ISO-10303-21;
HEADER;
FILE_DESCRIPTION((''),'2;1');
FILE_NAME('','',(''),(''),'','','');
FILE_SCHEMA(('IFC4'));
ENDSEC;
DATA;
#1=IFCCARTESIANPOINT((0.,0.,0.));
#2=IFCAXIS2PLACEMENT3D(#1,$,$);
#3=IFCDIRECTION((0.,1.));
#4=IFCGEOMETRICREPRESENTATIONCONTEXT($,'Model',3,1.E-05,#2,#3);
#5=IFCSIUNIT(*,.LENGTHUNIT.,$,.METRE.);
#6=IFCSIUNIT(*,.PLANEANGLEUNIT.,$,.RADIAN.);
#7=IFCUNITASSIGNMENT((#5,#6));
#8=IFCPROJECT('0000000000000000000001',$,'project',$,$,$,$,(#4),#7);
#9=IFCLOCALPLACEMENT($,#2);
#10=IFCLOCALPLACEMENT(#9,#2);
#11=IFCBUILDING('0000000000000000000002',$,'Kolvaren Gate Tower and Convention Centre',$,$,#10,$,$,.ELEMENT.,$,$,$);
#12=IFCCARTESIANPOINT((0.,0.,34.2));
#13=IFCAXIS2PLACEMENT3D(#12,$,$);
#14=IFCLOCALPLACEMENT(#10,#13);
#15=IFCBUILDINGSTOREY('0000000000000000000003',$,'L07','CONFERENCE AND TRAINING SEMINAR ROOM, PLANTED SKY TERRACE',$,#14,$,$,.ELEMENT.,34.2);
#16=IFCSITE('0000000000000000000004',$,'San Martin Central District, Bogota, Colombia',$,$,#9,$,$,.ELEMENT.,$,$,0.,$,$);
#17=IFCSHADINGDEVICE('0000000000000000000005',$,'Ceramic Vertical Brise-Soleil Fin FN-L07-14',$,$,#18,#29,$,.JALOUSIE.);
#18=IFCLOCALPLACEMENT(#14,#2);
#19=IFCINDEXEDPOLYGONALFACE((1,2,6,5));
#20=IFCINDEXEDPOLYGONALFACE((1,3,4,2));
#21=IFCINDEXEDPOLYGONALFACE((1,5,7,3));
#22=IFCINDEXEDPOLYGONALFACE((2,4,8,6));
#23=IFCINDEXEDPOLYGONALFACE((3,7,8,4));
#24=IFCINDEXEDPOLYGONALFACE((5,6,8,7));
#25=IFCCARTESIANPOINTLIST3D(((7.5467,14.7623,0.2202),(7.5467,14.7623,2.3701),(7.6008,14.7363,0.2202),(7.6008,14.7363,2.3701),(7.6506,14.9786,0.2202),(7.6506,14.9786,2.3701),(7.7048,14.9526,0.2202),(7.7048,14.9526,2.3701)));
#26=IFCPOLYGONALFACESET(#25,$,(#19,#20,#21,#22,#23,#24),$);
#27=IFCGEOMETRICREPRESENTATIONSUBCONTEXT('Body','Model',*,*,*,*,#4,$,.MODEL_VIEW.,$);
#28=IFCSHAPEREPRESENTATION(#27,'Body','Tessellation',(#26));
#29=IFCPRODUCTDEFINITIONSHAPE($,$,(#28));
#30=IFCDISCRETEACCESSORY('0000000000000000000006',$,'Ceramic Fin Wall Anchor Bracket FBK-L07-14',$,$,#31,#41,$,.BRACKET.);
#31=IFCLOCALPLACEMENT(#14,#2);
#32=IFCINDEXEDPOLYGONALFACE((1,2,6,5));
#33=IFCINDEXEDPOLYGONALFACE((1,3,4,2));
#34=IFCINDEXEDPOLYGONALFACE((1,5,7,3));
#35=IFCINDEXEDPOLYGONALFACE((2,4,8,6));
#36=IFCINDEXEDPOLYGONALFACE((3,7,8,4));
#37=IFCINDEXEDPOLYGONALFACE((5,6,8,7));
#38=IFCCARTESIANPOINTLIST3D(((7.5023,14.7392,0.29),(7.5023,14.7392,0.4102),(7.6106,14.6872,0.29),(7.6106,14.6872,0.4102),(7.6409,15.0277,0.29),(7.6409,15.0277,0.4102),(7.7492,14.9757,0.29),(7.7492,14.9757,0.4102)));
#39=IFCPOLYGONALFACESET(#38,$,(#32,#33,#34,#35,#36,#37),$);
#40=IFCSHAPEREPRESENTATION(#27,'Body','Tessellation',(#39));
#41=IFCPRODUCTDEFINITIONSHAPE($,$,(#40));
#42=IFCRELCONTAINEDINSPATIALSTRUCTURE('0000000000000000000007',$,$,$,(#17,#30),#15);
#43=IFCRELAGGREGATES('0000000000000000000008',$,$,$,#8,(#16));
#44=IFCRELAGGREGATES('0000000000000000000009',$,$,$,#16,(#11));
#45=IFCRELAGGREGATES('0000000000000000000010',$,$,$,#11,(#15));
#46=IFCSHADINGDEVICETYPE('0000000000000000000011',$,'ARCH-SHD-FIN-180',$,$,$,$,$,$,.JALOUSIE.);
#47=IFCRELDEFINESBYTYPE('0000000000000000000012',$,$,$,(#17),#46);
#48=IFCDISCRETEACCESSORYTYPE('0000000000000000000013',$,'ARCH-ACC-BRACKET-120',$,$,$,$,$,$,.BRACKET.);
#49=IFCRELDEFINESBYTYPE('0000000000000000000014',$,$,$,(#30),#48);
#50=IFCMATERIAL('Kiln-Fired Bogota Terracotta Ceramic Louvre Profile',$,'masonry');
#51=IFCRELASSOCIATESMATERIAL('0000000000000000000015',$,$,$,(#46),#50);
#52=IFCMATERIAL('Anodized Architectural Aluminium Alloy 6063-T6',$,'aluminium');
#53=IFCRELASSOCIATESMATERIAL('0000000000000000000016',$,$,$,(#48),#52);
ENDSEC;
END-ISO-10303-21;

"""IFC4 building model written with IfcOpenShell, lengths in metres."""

from ifc_helpers import new_model, si_unit, direction, frame, origin, origin_2d, place, context, subcontext, project, spatial, rectangle, extrude, material, type_object, element, save


model = new_model("IFC4")

# Units and contexts
model_context = context("Model", 3, precision=1e-05, world=origin(), true_north=direction((0.0, 1.0)))
body_context = subcontext(model_context, "Body", "Model", "MODEL_VIEW")
ifc_project = project(units=[si_unit("LENGTHUNIT", "METRE"), si_unit("PLANEANGLEUNIT", "RADIAN")], contexts=[model_context])

# Site, building, storey
site_placement = place(None, origin())
site = spatial("IfcSite", under=ifc_project, at=site_placement, Name="San Martin Central District, Bogota, Colombia", CompositionType="ELEMENT", RefElevation=0.0)
building_placement = place(site_placement, origin())
building = spatial("IfcBuilding", under=site, at=building_placement, Name="Kolvaren Gate Tower and Convention Centre", CompositionType="ELEMENT")
storey_placement = place(building_placement, frame((0.0, 0.0, 34.2)))
storey = spatial("IfcBuildingStorey", under=building, at=storey_placement, Name="L07", Description="CONFERENCE AND TRAINING SEMINAR ROOM, PLANTED SKY TERRACE", CompositionType="ELEMENT", Elevation=34.2)

# Shared definitions
ifc_material_1 = material(Name="Anodized Architectural Aluminium Alloy 6063-T6", Category="aluminium")

# Shading device
ifc_material_2 = material(Name="Kiln-Fired Bogota Terracotta Ceramic Louvre Profile", Category="masonry")
shading_device_type = type_object("IfcShadingDeviceType", Name="ARCH-SHD-FIN-180", PredefinedType="JALOUSIE", material=ifc_material_2)
shading_device_placement = place(storey_placement, frame((7.6257, 14.8574, 0.2202), z_axis=(0.0, 0.0, 1.0), x_axis=(0.901364, -0.433061, 0.0)))
element("IfcShadingDevice", 1, at=shading_device_placement, inside=storey, type_object=shading_device_type, Name="Ceramic Vertical Brise-Soleil Fin FN-L07-14", PredefinedType="JALOUSIE", context=body_context, shape_type="SweptSolid", body=[
    extrude(rectangle(XDim=0.0601, YDim=0.24, at=origin_2d()), origin(), (0.0, 0.0, 1.0), 2.1499),
])

# Discrete accessory
discrete_accessory_type = type_object("IfcDiscreteAccessoryType", Name="ARCH-ACC-BRACKET-120", PredefinedType="BRACKET", material=ifc_material_1)
discrete_accessory_placement = place(storey_placement, frame((7.6257, 14.8574, 0.29), z_axis=(0.0, 0.0, 1.0), x_axis=(0.901364, -0.433061, 0.0)))
element("IfcDiscreteAccessory", 2, at=discrete_accessory_placement, inside=storey, type_object=discrete_accessory_type, Name="Ceramic Fin Wall Anchor Bracket FBK-L07-14", PredefinedType="BRACKET", context=body_context, shape_type="SweptSolid", body=[
    extrude(rectangle(XDim=0.1201, YDim=0.3201, at=origin_2d()), origin(), (0.0, 0.0, 1.0), 0.1201),
])

save(model, "model.ifc")
